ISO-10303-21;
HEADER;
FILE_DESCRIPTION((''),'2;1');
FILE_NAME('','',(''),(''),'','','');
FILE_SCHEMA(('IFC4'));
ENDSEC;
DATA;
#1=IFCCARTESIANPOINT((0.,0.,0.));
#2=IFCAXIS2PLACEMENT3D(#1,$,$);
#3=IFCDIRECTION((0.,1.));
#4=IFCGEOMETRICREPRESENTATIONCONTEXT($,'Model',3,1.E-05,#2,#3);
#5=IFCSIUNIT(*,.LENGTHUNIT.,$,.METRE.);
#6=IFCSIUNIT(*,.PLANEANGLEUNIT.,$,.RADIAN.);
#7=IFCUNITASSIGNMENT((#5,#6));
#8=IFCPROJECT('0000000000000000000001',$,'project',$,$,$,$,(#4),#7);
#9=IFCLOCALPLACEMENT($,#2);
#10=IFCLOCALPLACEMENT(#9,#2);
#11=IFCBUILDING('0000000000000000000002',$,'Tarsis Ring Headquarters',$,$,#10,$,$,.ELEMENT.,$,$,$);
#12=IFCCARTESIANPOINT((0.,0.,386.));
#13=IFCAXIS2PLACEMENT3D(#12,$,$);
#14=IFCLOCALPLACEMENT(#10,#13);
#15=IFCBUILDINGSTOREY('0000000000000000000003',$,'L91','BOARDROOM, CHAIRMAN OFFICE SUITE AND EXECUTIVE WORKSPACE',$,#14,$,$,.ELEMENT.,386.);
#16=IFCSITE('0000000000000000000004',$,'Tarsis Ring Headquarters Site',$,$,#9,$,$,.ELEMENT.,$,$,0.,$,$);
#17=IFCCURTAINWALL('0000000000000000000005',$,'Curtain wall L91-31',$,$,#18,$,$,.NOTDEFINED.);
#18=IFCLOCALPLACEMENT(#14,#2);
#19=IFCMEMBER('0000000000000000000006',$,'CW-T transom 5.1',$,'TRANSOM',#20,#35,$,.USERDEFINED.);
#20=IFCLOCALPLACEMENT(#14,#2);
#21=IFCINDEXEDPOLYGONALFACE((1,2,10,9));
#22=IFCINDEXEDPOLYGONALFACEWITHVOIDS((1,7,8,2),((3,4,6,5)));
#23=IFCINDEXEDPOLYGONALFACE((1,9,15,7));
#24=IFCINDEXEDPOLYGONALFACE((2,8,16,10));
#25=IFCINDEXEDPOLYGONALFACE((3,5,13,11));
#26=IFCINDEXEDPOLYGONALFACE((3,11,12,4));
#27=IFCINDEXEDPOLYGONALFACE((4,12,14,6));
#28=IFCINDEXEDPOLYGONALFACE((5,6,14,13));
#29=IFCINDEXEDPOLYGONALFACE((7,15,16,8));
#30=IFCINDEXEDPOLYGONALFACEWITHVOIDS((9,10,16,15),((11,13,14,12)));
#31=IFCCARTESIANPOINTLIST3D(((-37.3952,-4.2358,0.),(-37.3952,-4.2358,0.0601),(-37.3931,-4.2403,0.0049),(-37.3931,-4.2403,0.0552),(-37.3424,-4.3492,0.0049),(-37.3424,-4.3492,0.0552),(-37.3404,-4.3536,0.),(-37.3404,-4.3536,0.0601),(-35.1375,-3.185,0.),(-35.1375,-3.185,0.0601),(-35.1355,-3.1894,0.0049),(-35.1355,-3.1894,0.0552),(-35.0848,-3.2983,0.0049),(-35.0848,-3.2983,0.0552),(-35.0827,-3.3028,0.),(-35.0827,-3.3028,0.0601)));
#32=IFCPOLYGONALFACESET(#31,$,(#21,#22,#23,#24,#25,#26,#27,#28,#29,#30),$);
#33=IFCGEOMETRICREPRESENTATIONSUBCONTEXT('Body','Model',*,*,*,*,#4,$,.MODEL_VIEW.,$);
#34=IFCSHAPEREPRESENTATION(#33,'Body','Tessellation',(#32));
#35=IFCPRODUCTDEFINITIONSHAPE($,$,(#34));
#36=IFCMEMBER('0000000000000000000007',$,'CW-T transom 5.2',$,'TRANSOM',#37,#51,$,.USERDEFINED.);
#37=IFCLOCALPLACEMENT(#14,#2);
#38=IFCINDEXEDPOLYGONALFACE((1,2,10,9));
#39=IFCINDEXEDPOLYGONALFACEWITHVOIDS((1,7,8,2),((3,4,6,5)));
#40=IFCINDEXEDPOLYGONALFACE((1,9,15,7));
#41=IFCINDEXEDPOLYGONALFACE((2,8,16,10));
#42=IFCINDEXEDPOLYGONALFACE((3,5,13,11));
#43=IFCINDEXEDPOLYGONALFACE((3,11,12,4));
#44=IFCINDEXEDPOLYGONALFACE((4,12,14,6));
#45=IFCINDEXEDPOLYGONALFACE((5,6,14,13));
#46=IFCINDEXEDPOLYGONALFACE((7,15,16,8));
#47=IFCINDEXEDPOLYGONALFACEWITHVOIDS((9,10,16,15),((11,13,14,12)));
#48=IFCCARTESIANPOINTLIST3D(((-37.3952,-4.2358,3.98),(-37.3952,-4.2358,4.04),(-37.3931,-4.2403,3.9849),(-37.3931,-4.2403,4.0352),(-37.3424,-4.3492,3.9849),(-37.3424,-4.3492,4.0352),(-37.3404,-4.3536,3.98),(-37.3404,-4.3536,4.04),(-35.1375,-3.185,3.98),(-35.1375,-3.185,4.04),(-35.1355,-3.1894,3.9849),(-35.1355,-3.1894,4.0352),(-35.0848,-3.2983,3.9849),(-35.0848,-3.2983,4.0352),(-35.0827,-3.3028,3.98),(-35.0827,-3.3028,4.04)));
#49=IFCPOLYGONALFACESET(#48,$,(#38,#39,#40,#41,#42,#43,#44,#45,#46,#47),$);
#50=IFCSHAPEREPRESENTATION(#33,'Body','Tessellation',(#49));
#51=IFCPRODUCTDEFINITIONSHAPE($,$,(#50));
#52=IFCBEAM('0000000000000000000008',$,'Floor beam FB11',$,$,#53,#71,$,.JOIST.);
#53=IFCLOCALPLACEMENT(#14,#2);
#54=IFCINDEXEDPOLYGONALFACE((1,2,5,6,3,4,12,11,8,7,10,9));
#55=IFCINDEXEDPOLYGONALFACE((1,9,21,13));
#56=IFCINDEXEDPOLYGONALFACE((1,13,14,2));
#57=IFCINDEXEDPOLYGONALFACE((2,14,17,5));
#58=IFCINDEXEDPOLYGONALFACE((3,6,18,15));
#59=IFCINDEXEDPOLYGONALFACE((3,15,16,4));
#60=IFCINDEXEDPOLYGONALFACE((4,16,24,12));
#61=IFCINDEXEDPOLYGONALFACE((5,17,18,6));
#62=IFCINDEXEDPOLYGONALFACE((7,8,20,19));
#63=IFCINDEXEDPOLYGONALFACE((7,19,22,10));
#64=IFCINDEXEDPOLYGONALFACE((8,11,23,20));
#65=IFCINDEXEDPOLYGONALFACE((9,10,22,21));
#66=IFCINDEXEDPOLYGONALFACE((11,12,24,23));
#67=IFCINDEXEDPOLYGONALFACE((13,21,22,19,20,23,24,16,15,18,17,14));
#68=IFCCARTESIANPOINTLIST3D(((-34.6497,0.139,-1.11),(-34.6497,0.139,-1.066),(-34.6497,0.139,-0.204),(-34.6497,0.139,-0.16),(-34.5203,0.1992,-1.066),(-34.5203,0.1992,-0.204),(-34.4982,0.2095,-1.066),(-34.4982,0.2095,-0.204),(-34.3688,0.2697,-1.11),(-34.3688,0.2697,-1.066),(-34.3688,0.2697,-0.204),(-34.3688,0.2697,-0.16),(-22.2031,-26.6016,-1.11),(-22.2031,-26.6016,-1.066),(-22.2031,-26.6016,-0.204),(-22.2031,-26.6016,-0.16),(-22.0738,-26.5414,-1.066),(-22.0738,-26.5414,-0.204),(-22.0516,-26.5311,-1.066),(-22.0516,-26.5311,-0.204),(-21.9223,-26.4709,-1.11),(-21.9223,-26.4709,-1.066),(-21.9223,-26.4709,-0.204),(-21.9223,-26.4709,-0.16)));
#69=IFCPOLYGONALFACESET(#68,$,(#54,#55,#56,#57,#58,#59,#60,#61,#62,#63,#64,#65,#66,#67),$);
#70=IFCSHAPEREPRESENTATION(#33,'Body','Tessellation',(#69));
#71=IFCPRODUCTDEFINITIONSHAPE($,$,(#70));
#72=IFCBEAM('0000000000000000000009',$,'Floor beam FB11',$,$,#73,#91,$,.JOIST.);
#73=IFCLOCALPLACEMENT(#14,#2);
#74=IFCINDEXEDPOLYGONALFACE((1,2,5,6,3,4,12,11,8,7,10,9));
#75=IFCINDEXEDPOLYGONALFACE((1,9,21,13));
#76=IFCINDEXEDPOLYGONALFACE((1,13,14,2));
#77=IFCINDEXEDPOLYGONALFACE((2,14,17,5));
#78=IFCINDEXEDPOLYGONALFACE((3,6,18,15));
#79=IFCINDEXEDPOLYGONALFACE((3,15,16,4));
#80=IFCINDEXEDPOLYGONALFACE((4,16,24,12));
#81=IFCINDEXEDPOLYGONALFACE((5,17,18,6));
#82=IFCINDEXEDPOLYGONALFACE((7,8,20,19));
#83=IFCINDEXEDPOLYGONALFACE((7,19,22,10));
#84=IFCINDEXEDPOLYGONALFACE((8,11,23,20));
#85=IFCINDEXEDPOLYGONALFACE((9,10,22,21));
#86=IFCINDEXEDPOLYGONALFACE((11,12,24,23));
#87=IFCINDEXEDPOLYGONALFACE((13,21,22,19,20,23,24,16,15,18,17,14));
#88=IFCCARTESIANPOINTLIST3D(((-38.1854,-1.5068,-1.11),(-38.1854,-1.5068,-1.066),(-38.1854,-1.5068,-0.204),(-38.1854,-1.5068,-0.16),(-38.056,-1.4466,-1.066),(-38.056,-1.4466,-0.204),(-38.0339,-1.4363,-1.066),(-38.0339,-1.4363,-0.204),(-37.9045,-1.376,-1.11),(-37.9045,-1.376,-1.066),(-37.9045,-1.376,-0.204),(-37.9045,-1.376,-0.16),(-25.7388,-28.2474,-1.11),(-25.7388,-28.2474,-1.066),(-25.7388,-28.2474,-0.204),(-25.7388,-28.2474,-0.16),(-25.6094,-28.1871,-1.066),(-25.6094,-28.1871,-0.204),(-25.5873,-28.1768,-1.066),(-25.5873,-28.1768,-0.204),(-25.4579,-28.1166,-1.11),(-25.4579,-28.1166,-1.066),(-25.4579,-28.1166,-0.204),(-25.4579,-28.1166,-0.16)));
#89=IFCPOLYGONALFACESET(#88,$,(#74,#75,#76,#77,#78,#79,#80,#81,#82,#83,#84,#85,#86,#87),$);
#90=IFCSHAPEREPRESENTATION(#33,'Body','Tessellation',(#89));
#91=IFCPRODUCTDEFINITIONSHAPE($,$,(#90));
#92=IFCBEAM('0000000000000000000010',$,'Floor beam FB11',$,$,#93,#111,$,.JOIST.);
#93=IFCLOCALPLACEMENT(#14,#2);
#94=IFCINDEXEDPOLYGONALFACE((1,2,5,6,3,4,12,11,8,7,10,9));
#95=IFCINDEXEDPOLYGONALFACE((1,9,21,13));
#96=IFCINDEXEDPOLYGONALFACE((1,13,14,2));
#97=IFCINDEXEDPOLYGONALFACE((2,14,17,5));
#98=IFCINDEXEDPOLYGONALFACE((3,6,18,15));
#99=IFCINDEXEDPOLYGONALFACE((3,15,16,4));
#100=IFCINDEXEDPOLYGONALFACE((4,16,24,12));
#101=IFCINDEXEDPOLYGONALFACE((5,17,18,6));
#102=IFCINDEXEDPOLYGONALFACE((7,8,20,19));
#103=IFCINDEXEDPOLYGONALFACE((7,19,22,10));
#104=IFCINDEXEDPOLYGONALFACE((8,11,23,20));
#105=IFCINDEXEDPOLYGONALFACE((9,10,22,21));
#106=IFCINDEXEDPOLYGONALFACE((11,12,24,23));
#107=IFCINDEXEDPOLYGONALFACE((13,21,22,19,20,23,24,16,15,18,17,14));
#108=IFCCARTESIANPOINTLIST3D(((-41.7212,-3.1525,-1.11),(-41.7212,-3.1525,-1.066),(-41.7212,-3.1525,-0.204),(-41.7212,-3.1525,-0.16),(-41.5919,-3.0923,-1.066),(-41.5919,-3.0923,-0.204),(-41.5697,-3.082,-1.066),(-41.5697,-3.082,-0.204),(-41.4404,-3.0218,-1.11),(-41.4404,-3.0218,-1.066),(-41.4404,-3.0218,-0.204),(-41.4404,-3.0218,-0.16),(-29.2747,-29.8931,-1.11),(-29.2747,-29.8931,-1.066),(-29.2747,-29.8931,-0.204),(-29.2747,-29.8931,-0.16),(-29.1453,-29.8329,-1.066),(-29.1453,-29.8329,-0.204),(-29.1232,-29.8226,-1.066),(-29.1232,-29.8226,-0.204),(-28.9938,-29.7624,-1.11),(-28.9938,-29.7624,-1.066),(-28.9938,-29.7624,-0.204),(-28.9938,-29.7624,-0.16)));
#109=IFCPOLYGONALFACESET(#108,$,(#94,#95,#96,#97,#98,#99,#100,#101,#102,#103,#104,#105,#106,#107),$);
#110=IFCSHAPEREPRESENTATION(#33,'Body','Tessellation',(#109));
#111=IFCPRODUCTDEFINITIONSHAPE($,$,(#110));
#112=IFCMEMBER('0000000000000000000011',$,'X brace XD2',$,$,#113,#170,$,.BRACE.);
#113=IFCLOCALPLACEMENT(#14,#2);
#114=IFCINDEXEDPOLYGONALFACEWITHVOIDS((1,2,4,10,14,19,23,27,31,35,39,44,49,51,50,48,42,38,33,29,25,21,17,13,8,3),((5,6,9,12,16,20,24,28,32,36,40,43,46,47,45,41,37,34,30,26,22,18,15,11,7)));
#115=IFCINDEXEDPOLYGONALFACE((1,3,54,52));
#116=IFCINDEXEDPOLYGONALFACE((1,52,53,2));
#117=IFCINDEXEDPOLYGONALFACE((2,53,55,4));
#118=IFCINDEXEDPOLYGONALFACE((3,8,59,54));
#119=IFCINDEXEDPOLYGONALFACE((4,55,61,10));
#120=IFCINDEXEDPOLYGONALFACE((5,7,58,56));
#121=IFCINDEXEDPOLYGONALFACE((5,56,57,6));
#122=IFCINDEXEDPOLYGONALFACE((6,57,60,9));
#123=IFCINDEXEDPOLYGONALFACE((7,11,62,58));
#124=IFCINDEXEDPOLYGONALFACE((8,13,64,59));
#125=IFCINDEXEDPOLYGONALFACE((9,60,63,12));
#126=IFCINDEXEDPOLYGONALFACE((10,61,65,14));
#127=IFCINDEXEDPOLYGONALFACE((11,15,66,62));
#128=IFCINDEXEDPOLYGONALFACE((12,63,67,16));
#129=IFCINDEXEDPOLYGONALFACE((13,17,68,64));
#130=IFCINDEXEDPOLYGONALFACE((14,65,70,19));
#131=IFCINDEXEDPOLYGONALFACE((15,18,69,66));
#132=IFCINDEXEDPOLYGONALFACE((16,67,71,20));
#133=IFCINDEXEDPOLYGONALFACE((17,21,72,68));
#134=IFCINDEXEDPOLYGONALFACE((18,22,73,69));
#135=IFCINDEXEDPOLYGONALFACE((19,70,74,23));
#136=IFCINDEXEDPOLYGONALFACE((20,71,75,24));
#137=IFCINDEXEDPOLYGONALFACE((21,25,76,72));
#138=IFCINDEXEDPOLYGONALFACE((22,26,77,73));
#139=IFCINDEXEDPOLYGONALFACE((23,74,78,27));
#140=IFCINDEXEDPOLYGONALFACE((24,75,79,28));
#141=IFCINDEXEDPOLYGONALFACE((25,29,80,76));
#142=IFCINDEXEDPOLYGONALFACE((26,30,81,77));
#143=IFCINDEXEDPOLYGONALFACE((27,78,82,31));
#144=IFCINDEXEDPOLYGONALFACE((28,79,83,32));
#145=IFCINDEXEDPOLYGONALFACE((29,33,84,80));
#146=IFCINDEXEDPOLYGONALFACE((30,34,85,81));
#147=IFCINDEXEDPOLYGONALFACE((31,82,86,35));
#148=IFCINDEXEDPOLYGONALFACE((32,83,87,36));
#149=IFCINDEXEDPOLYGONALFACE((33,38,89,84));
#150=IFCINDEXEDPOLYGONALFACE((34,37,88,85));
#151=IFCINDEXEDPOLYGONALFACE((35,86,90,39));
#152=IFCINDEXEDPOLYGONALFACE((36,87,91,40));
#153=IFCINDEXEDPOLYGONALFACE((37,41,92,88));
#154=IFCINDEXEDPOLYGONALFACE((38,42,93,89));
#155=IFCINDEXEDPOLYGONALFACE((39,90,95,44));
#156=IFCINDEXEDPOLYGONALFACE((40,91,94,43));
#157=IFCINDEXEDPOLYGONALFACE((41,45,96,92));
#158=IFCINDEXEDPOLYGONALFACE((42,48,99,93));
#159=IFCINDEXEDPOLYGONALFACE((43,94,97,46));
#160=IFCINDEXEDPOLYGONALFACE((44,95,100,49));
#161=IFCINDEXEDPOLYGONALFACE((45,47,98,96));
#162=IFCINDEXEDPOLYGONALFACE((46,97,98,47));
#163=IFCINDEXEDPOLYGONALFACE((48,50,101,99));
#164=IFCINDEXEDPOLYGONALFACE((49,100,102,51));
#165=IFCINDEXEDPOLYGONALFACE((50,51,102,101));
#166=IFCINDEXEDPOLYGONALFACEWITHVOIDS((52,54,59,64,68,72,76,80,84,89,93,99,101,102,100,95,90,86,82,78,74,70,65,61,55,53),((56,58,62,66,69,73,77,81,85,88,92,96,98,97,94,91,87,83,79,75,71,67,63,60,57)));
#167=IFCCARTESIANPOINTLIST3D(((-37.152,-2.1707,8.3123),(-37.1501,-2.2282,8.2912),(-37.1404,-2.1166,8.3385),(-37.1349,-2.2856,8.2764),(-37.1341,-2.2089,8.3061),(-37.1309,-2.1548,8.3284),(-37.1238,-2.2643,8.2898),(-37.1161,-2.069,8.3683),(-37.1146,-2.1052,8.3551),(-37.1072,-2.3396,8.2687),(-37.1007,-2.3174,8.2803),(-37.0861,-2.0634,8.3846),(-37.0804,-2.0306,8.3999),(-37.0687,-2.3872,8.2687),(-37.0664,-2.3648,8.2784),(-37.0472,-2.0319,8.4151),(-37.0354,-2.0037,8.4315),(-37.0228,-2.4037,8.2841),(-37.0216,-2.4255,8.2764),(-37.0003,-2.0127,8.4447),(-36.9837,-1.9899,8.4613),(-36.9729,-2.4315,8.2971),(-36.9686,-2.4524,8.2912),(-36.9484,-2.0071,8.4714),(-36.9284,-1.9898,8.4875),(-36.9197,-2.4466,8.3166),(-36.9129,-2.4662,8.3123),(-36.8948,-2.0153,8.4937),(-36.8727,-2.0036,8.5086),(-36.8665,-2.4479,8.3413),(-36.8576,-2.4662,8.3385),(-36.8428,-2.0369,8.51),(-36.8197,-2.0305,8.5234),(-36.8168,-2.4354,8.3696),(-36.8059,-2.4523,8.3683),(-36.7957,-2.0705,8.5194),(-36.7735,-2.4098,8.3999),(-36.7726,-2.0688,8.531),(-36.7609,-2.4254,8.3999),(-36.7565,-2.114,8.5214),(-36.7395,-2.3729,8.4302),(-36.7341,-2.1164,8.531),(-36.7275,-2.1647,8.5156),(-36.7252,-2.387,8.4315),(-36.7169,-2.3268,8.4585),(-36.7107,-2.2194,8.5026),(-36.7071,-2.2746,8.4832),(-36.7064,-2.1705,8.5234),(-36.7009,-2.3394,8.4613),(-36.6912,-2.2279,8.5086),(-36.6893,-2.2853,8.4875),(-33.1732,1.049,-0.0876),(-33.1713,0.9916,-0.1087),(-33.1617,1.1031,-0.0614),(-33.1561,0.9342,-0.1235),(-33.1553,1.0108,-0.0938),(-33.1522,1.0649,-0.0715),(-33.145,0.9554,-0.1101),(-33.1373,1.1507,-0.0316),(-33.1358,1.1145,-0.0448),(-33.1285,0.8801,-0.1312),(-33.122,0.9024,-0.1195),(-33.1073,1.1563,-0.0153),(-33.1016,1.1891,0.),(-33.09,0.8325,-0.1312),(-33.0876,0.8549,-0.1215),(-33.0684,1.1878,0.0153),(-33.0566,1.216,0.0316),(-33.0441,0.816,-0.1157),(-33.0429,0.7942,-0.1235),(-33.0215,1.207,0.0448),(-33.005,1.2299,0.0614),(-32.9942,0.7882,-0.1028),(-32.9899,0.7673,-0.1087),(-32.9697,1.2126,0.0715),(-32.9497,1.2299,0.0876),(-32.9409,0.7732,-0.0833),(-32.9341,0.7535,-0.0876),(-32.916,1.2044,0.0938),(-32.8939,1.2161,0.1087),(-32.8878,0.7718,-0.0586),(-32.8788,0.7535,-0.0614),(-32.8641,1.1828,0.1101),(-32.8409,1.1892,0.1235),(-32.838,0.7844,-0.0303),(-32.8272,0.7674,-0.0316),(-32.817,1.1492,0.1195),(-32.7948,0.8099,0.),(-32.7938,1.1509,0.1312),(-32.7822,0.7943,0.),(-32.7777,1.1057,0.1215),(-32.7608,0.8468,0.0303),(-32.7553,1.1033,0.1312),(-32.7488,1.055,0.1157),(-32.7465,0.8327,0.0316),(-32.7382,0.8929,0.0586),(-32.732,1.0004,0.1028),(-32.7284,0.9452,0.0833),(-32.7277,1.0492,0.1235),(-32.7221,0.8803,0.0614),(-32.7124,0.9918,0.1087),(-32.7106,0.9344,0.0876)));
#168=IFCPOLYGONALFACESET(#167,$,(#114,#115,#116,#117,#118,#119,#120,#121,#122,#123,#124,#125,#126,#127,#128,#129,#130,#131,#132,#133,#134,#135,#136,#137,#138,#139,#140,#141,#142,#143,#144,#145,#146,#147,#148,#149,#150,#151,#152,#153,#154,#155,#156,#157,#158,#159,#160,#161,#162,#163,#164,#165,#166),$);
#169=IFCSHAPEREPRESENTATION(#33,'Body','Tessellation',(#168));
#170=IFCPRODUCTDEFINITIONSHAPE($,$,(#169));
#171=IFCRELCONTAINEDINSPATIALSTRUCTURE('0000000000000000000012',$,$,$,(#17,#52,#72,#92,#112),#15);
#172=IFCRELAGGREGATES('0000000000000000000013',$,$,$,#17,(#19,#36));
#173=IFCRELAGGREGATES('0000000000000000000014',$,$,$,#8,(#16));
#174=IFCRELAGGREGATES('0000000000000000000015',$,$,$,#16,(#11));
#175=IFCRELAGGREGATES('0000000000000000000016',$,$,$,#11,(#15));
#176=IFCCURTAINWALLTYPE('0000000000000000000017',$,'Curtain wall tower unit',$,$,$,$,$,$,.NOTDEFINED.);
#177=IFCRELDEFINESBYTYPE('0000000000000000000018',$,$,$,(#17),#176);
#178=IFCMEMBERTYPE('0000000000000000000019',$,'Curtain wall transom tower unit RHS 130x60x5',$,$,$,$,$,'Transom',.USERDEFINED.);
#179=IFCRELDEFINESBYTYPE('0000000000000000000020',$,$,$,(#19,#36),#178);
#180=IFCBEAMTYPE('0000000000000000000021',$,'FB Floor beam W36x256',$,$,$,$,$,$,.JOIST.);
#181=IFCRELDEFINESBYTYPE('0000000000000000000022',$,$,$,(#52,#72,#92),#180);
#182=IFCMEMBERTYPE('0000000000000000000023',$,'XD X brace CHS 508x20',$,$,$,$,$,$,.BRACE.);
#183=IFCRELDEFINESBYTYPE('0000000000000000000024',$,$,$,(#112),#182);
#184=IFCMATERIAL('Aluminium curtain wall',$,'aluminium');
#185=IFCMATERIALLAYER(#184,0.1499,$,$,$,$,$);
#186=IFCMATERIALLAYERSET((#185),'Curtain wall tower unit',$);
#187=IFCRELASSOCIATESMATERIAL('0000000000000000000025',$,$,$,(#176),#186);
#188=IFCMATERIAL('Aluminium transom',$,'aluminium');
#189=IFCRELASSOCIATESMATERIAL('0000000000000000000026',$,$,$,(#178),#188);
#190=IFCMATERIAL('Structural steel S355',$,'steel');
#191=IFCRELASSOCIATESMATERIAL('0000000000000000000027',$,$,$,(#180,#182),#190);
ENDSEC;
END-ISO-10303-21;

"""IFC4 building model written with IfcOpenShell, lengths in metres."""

from ifc_helpers import new_model, si_unit, direction, frame, origin, origin_2d, place, context, subcontext, project, spatial, hollow_rectangle, hollow_circle, i_section, extrude, material, layer, layer_set, material_profile, profile_set, type_object, element, aggregate, save


model = new_model("IFC4")

# Units and contexts
model_context = context("Model", 3, precision=1e-05, world=origin(), true_north=direction((0.0, 1.0)))
body_context = subcontext(model_context, "Body", "Model", "MODEL_VIEW")
ifc_project = project(units=[si_unit("LENGTHUNIT", "METRE"), si_unit("PLANEANGLEUNIT", "RADIAN")], contexts=[model_context])

# Site, building, storey
site_placement = place(None, origin())
site = spatial("IfcSite", under=ifc_project, at=site_placement, Name="Tarsis Ring Headquarters Site", CompositionType="ELEMENT", RefElevation=0.0)
building_placement = place(site_placement, origin())
building = spatial("IfcBuilding", under=site, at=building_placement, Name="Tarsis Ring Headquarters", CompositionType="ELEMENT")
storey_placement = place(building_placement, frame((0.0, 0.0, 386.0)))
storey = spatial("IfcBuildingStorey", under=building, at=storey_placement, Name="L91", Description="BOARDROOM, CHAIRMAN OFFICE SUITE AND EXECUTIVE WORKSPACE", CompositionType="ELEMENT", Elevation=386.0)

# Shared definitions
ifc_material_1 = material(Name="Structural steel S355", Category="steel")

# Curtain wall, members
ifc_material_2 = material(Name="Aluminium curtain wall", Category="aluminium")
ifc_layer_1 = layer(ifc_material_2, 0.1499)
ifc_layer_set_1 = layer_set([ifc_layer_1], Name="Curtain wall tower unit")
curtain_wall_type = type_object("IfcCurtainWallType", Name="Curtain wall tower unit", PredefinedType="NOTDEFINED", material=ifc_layer_set_1)
curtain_wall_placement = place(storey_placement, origin())
curtain_wall = element("IfcCurtainWall", 1, at=curtain_wall_placement, inside=storey, type_object=curtain_wall_type, Name="Curtain wall L91-31", PredefinedType="NOTDEFINED")
ifc_material_3 = material(Name="Aluminium transom", Category="aluminium")
ifc_material_profile_1 = material_profile(ifc_material_3, hollow_rectangle(XDim=0.1299, YDim=0.0601, WallThickness=0.0049, at=origin_2d()), Name="RHS 130x60x5")
ifc_profile_set_1 = profile_set([ifc_material_profile_1], Name="Aluminium transom")
member_type_1 = type_object("IfcMemberType", Name="Curtain wall transom tower unit RHS 130x60x5", ElementType="Transom", PredefinedType="USERDEFINED", material=ifc_profile_set_1)
member_1_placement = place(storey_placement, frame((-35.1101, -3.2439, 0.03), z_axis=(-0.906606, -0.421978, 0.0), x_axis=(0.421978, -0.906606, 0.0)))
member_1 = element("IfcMember", 2, at=member_1_placement, type_object=member_type_1, Name="CW-T transom 5.1", ObjectType="TRANSOM", PredefinedType="USERDEFINED", context=body_context, shape_type="SweptSolid", body=[
    extrude(hollow_rectangle(XDim=0.1299, YDim=0.0601, WallThickness=0.0049, at=origin_2d()), origin(), (0.0, 0.0, 1.0), 2.4902),
])
member_2_placement = place(storey_placement, frame((-35.1101, -3.2439, 4.01), z_axis=(-0.906606, -0.421978, 0.0), x_axis=(0.421978, -0.906606, 0.0)))
member_2 = element("IfcMember", 3, at=member_2_placement, type_object=member_type_1, Name="CW-T transom 5.2", ObjectType="TRANSOM", PredefinedType="USERDEFINED", context=body_context, shape_type="SweptSolid", body=[
    extrude(hollow_rectangle(XDim=0.1299, YDim=0.0601, WallThickness=0.0049, at=origin_2d()), origin(), (0.0, 0.0, 1.0), 2.4902),
])

# Beams
ifc_material_profile_2 = material_profile(ifc_material_1, i_section(OverallWidth=0.3098, OverallDepth=0.95, WebThickness=0.0244, FlangeThickness=0.0439, at=origin_2d()), Name="W36x256")
ifc_profile_set_2 = profile_set([ifc_material_profile_2], Name="Structural steel S355")
beam_type_1 = type_object("IfcBeamType", Name="FB Floor beam W36x256", PredefinedType="JOIST", material=ifc_profile_set_2)
for number, where, z_axis, x_axis, name in (
    (4, (-34.5093, 0.2043, -0.635), (0.421984, -0.906603, 0.0), (0.906603, 0.421984, 0.0), "Floor beam FB11"),
    (5, (-38.0449, -1.4414, -0.635), (0.421984, -0.906603, 0.0), (0.906603, 0.421984, 0.0), "Floor beam FB11"),
    (6, (-41.5808, -3.0872, -0.635), (0.421984, -0.906603, 0.0), (0.906603, 0.421984, 0.0), "Floor beam FB11"),
):
    element("IfcBeam", number, at=place(storey_placement, frame(where, z_axis=z_axis, x_axis=x_axis)), inside=storey, type_object=beam_type_1, Name=name, PredefinedType="JOIST", context=body_context, shape_type="SweptSolid", body=[
        extrude(i_section(OverallWidth=0.3098, OverallDepth=0.95, WebThickness=0.0244, FlangeThickness=0.0439, at=origin_2d()), origin(), (0.0, 0.0, 1.0), 29.4954),
    ])

# Member
ifc_material_profile_3 = material_profile(ifc_material_1, hollow_circle(Radius=0.2539, WallThickness=0.02, at=origin_2d()), Name="CHS 508x20")
ifc_profile_set_3 = profile_set([ifc_material_profile_3], Name="Structural steel S355")
member_type_2 = type_object("IfcMemberType", Name="XD X brace CHS 508x20", PredefinedType="BRACE", material=ifc_profile_set_3)
member_3_placement = place(storey_placement, frame((-32.9419, 0.9917, 0.0), z_axis=(-0.404492, -0.327326, 0.853958), x_axis=(0.62906, -0.777357, 0.0)))
element("IfcMember", 7, at=member_3_placement, inside=storey, type_object=member_type_2, Name="X brace XD2", PredefinedType="BRACE", context=body_context, shape_type="SweptSolid", body=[
    extrude(hollow_circle(Radius=0.2539, WallThickness=0.02, at=origin_2d()), origin(), (0.0, 0.0, 1.0), 9.8364),
])

aggregate(curtain_wall, [member_1, member_2])

save(model, "model.ifc")
